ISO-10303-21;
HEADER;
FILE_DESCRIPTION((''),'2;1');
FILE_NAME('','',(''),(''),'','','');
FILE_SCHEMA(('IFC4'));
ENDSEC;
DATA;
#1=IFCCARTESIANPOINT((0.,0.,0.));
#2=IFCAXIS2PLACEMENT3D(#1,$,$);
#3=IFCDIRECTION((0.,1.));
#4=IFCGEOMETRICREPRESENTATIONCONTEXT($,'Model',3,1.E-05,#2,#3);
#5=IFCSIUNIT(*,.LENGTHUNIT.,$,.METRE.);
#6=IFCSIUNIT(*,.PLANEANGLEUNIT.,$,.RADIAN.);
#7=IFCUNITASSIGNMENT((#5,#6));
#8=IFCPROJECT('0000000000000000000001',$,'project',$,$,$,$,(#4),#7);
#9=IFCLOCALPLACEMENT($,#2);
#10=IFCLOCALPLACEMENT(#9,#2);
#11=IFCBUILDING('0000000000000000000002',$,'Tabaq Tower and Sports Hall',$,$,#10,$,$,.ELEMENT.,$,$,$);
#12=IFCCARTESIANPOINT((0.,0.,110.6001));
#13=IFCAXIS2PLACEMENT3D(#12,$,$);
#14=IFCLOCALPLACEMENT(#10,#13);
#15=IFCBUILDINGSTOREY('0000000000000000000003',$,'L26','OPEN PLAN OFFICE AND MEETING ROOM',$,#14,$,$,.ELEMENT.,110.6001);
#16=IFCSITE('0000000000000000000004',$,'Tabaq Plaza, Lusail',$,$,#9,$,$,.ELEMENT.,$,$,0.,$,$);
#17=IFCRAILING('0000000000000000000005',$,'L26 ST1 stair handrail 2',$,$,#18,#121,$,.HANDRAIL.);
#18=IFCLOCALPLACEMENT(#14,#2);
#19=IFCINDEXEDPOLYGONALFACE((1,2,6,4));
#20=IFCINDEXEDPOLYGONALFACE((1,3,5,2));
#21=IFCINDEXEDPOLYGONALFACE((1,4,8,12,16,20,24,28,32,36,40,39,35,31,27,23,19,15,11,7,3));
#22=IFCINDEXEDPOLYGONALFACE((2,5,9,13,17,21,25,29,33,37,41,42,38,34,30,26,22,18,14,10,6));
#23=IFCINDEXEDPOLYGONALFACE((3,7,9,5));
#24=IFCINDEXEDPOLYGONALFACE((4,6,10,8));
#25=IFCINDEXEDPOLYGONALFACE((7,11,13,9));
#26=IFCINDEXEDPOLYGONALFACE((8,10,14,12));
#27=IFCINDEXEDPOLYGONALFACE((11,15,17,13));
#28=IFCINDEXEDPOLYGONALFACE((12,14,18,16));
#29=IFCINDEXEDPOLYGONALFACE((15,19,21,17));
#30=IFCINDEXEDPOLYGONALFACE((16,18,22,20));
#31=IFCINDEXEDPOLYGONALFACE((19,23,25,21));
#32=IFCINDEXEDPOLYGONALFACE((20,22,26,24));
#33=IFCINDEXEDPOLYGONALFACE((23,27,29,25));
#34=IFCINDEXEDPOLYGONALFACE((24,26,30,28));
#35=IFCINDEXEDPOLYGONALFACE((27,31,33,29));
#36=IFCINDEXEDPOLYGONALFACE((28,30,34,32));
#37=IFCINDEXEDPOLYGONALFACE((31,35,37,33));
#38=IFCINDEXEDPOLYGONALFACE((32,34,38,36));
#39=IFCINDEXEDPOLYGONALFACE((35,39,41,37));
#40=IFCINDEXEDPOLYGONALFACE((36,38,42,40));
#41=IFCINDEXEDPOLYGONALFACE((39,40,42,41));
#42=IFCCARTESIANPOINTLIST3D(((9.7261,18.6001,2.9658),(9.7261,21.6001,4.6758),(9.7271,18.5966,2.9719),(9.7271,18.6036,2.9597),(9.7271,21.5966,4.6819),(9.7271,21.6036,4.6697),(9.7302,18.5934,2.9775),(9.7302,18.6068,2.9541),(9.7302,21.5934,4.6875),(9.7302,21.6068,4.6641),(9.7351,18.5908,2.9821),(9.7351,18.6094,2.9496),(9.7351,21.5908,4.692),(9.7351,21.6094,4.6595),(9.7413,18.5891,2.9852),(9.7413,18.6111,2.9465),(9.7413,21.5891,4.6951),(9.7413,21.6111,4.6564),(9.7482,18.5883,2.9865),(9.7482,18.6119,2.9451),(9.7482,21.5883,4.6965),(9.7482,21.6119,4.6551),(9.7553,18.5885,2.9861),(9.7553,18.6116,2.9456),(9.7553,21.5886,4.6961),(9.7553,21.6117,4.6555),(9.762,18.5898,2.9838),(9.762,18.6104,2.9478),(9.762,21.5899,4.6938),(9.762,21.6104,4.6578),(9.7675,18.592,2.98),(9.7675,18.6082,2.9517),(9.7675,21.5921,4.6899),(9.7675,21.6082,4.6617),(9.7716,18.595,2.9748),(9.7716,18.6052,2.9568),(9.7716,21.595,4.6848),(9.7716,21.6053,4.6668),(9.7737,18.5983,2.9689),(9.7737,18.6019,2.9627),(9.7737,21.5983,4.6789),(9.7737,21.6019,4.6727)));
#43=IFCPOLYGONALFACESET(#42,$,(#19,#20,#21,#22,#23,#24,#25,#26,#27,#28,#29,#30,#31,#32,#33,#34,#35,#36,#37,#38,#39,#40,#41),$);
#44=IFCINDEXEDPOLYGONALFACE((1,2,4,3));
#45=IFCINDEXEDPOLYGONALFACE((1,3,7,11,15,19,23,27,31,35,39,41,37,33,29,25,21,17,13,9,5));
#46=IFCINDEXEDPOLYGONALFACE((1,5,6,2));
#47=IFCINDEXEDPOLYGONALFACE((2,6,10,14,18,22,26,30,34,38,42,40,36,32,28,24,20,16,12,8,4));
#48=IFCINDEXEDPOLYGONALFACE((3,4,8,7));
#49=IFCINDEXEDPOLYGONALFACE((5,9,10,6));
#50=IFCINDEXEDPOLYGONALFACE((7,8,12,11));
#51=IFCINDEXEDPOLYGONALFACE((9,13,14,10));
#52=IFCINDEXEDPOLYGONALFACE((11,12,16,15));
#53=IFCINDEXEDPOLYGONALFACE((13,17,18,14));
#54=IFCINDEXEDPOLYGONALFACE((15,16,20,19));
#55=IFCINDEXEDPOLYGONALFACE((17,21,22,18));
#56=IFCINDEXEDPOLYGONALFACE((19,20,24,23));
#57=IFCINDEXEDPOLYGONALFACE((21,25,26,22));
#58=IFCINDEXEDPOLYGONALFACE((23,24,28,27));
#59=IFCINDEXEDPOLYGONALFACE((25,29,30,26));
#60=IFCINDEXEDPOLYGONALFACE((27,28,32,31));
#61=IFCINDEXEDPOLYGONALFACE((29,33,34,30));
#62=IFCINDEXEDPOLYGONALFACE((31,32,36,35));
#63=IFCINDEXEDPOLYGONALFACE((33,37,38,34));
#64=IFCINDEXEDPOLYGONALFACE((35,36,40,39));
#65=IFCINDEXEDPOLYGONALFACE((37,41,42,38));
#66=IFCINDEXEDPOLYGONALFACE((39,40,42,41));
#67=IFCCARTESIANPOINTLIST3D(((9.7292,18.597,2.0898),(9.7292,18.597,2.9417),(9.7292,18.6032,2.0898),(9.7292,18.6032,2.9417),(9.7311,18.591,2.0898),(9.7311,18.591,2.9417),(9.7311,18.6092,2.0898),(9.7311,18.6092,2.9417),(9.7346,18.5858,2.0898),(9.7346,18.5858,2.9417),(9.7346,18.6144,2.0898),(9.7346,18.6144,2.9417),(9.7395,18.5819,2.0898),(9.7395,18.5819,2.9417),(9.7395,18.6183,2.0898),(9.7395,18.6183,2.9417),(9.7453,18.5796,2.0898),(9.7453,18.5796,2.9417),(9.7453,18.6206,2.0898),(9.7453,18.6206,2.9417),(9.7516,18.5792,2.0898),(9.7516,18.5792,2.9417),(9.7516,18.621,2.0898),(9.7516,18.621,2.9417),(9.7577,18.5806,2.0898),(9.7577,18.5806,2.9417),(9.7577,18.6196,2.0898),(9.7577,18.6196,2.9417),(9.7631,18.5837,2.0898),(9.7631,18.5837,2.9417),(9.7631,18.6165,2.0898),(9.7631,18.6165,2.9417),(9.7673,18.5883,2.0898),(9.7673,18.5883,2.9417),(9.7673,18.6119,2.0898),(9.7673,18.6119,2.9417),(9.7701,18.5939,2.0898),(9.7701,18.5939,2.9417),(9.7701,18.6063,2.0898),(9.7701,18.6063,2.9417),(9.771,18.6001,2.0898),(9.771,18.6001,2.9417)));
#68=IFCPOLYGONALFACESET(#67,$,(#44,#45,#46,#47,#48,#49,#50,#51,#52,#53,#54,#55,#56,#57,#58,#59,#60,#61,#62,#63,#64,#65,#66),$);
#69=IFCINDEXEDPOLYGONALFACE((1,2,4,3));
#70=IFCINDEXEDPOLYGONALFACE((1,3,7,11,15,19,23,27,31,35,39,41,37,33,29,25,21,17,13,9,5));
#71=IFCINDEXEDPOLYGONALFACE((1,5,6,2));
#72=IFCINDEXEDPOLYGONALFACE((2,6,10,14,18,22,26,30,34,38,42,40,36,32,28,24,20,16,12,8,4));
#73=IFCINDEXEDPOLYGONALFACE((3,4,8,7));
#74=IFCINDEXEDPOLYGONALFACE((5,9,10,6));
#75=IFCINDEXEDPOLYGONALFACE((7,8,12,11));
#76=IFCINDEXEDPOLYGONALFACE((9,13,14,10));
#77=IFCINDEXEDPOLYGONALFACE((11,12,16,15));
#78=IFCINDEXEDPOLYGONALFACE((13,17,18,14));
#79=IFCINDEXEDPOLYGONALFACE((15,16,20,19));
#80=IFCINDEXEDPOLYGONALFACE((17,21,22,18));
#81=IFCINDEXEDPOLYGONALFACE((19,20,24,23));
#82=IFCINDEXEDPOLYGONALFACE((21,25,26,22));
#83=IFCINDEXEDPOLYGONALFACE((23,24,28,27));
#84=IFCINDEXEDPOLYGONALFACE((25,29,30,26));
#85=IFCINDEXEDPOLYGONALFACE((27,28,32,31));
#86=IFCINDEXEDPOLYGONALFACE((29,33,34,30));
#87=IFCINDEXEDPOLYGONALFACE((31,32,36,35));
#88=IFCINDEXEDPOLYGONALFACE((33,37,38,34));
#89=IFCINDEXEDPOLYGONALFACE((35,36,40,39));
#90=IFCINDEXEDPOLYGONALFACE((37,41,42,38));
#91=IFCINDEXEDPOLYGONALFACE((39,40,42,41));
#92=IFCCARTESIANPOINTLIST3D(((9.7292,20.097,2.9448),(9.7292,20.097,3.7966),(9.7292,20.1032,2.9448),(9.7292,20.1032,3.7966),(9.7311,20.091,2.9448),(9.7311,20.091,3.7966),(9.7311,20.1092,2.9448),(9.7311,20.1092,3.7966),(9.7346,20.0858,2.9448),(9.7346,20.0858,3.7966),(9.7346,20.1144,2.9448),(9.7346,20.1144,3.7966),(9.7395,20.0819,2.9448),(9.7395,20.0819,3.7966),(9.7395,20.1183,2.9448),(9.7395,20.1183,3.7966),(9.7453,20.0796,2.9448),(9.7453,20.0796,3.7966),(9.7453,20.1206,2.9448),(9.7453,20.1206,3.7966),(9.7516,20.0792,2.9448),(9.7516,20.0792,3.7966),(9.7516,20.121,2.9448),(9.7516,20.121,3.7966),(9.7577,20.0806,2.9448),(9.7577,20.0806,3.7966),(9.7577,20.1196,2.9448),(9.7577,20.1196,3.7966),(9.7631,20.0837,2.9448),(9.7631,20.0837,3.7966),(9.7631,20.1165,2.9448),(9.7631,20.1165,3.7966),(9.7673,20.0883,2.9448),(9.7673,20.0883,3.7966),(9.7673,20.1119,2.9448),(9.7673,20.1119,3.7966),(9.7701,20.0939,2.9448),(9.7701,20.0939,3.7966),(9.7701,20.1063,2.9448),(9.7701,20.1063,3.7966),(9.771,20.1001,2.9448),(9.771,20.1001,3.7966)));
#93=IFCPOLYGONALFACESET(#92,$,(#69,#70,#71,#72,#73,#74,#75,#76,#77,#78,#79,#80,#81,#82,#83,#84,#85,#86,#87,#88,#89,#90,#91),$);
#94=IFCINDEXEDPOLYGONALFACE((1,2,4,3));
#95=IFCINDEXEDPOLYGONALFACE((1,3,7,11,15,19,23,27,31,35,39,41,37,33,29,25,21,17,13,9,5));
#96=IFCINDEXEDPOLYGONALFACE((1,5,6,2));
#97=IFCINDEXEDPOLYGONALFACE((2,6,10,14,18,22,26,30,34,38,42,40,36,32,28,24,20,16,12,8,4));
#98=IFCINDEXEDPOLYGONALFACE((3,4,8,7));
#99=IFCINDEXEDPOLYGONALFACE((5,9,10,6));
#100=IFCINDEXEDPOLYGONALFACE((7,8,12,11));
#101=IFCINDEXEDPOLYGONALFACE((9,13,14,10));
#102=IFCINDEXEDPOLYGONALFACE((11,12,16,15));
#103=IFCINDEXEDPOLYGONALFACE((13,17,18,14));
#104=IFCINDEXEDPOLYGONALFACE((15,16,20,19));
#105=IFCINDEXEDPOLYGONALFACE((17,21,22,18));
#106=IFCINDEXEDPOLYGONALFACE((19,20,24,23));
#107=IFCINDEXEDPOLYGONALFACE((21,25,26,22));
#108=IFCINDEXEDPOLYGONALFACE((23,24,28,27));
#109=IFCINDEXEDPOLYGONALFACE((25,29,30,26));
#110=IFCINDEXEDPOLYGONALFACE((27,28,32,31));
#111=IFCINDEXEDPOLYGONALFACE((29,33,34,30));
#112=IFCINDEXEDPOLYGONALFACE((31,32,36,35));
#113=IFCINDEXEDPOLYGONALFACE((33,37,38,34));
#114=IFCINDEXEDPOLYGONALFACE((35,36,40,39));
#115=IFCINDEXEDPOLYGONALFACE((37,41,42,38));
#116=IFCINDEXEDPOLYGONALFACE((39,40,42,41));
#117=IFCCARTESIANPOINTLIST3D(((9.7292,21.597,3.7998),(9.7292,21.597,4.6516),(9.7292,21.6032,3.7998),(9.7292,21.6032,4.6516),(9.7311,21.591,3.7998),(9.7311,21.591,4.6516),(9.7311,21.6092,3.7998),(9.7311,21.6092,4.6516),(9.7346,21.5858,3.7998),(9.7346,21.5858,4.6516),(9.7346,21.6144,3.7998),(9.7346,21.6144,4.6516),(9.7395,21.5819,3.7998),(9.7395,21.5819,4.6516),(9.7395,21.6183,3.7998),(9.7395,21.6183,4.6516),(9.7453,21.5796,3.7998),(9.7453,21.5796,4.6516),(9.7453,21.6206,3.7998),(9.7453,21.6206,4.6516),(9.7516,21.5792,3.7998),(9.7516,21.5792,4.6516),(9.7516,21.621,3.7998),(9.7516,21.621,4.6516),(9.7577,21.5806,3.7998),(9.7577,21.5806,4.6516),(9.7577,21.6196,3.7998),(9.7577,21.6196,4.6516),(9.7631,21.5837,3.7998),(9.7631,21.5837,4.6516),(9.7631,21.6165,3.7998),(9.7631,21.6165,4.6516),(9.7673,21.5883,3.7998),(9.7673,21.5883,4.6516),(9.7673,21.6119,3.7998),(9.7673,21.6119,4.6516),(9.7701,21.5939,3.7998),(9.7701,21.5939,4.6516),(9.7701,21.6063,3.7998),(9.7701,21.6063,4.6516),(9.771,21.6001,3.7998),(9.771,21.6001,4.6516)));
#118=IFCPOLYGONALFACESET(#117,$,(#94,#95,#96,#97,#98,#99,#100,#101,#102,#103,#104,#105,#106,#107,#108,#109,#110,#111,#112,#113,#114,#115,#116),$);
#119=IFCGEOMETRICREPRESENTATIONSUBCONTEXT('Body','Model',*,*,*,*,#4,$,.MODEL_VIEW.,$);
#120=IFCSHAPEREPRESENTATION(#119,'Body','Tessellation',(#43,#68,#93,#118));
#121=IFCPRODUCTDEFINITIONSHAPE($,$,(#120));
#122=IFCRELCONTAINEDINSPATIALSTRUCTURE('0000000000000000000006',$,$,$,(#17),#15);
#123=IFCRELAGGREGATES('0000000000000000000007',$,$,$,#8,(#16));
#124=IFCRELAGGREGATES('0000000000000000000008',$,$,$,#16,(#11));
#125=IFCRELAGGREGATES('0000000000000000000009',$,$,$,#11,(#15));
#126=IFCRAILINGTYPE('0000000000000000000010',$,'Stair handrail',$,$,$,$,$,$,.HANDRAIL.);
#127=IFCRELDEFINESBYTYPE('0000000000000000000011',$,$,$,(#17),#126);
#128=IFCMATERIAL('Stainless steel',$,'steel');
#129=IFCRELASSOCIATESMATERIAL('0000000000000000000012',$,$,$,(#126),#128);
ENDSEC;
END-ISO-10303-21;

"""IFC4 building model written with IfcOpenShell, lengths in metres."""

from ifc_helpers import new_model, si_unit, direction, frame, origin, origin_2d, place, context, subcontext, project, spatial, circle, extrude, material, type_object, element, save


model = new_model("IFC4")

# Units and contexts
model_context = context("Model", 3, precision=1e-05, world=origin(), true_north=direction((0.0, 1.0)))
body_context = subcontext(model_context, "Body", "Model", "MODEL_VIEW")
ifc_project = project(units=[si_unit("LENGTHUNIT", "METRE"), si_unit("PLANEANGLEUNIT", "RADIAN")], contexts=[model_context])

# Site, building, storey
site_placement = place(None, origin())
site = spatial("IfcSite", under=ifc_project, at=site_placement, Name="Tabaq Plaza, Lusail", CompositionType="ELEMENT", RefElevation=0.0)
building_placement = place(site_placement, origin())
building = spatial("IfcBuilding", under=site, at=building_placement, Name="Tabaq Tower and Sports Hall", CompositionType="ELEMENT")
storey_placement = place(building_placement, frame((0.0, 0.0, 110.6001)))
storey = spatial("IfcBuildingStorey", under=building, at=storey_placement, Name="L26", Description="OPEN PLAN OFFICE AND MEETING ROOM", CompositionType="ELEMENT", Elevation=110.6001)

# Railing
ifc_material_1 = material(Name="Stainless steel", Category="steel")
railing_type = type_object("IfcRailingType", Name="Stair handrail", PredefinedType="HANDRAIL", material=ifc_material_1)
railing_placement = place(storey_placement, frame((9.75, 18.6001, 2.0898)))
element("IfcRailing", 1, at=railing_placement, inside=storey, type_object=railing_type, Name="L26 ST1 stair handrail 2", PredefinedType="HANDRAIL", context=body_context, shape_type="SweptSolid", body=[
    extrude(circle(Radius=0.0239, at=origin_2d()), frame((0.0, 0.0, 0.876), z_axis=(0.0, 0.868782, 0.495195), x_axis=(-1.0, 0.0, 0.0)), (0.0, 0.0, 1.0), 3.4531),
    extrude(circle(Radius=0.021, at=origin_2d()), origin(), (0.0, 0.0, 1.0), 0.8518),
    extrude(circle(Radius=0.021, at=origin_2d()), frame((0.0, 1.5, 0.855)), (0.0, 0.0, 1.0), 0.8518),
    extrude(circle(Radius=0.021, at=origin_2d()), frame((0.0, 3.0, 1.71)), (0.0, 0.0, 1.0), 0.8518),
])

save(model, "model.ifc")
